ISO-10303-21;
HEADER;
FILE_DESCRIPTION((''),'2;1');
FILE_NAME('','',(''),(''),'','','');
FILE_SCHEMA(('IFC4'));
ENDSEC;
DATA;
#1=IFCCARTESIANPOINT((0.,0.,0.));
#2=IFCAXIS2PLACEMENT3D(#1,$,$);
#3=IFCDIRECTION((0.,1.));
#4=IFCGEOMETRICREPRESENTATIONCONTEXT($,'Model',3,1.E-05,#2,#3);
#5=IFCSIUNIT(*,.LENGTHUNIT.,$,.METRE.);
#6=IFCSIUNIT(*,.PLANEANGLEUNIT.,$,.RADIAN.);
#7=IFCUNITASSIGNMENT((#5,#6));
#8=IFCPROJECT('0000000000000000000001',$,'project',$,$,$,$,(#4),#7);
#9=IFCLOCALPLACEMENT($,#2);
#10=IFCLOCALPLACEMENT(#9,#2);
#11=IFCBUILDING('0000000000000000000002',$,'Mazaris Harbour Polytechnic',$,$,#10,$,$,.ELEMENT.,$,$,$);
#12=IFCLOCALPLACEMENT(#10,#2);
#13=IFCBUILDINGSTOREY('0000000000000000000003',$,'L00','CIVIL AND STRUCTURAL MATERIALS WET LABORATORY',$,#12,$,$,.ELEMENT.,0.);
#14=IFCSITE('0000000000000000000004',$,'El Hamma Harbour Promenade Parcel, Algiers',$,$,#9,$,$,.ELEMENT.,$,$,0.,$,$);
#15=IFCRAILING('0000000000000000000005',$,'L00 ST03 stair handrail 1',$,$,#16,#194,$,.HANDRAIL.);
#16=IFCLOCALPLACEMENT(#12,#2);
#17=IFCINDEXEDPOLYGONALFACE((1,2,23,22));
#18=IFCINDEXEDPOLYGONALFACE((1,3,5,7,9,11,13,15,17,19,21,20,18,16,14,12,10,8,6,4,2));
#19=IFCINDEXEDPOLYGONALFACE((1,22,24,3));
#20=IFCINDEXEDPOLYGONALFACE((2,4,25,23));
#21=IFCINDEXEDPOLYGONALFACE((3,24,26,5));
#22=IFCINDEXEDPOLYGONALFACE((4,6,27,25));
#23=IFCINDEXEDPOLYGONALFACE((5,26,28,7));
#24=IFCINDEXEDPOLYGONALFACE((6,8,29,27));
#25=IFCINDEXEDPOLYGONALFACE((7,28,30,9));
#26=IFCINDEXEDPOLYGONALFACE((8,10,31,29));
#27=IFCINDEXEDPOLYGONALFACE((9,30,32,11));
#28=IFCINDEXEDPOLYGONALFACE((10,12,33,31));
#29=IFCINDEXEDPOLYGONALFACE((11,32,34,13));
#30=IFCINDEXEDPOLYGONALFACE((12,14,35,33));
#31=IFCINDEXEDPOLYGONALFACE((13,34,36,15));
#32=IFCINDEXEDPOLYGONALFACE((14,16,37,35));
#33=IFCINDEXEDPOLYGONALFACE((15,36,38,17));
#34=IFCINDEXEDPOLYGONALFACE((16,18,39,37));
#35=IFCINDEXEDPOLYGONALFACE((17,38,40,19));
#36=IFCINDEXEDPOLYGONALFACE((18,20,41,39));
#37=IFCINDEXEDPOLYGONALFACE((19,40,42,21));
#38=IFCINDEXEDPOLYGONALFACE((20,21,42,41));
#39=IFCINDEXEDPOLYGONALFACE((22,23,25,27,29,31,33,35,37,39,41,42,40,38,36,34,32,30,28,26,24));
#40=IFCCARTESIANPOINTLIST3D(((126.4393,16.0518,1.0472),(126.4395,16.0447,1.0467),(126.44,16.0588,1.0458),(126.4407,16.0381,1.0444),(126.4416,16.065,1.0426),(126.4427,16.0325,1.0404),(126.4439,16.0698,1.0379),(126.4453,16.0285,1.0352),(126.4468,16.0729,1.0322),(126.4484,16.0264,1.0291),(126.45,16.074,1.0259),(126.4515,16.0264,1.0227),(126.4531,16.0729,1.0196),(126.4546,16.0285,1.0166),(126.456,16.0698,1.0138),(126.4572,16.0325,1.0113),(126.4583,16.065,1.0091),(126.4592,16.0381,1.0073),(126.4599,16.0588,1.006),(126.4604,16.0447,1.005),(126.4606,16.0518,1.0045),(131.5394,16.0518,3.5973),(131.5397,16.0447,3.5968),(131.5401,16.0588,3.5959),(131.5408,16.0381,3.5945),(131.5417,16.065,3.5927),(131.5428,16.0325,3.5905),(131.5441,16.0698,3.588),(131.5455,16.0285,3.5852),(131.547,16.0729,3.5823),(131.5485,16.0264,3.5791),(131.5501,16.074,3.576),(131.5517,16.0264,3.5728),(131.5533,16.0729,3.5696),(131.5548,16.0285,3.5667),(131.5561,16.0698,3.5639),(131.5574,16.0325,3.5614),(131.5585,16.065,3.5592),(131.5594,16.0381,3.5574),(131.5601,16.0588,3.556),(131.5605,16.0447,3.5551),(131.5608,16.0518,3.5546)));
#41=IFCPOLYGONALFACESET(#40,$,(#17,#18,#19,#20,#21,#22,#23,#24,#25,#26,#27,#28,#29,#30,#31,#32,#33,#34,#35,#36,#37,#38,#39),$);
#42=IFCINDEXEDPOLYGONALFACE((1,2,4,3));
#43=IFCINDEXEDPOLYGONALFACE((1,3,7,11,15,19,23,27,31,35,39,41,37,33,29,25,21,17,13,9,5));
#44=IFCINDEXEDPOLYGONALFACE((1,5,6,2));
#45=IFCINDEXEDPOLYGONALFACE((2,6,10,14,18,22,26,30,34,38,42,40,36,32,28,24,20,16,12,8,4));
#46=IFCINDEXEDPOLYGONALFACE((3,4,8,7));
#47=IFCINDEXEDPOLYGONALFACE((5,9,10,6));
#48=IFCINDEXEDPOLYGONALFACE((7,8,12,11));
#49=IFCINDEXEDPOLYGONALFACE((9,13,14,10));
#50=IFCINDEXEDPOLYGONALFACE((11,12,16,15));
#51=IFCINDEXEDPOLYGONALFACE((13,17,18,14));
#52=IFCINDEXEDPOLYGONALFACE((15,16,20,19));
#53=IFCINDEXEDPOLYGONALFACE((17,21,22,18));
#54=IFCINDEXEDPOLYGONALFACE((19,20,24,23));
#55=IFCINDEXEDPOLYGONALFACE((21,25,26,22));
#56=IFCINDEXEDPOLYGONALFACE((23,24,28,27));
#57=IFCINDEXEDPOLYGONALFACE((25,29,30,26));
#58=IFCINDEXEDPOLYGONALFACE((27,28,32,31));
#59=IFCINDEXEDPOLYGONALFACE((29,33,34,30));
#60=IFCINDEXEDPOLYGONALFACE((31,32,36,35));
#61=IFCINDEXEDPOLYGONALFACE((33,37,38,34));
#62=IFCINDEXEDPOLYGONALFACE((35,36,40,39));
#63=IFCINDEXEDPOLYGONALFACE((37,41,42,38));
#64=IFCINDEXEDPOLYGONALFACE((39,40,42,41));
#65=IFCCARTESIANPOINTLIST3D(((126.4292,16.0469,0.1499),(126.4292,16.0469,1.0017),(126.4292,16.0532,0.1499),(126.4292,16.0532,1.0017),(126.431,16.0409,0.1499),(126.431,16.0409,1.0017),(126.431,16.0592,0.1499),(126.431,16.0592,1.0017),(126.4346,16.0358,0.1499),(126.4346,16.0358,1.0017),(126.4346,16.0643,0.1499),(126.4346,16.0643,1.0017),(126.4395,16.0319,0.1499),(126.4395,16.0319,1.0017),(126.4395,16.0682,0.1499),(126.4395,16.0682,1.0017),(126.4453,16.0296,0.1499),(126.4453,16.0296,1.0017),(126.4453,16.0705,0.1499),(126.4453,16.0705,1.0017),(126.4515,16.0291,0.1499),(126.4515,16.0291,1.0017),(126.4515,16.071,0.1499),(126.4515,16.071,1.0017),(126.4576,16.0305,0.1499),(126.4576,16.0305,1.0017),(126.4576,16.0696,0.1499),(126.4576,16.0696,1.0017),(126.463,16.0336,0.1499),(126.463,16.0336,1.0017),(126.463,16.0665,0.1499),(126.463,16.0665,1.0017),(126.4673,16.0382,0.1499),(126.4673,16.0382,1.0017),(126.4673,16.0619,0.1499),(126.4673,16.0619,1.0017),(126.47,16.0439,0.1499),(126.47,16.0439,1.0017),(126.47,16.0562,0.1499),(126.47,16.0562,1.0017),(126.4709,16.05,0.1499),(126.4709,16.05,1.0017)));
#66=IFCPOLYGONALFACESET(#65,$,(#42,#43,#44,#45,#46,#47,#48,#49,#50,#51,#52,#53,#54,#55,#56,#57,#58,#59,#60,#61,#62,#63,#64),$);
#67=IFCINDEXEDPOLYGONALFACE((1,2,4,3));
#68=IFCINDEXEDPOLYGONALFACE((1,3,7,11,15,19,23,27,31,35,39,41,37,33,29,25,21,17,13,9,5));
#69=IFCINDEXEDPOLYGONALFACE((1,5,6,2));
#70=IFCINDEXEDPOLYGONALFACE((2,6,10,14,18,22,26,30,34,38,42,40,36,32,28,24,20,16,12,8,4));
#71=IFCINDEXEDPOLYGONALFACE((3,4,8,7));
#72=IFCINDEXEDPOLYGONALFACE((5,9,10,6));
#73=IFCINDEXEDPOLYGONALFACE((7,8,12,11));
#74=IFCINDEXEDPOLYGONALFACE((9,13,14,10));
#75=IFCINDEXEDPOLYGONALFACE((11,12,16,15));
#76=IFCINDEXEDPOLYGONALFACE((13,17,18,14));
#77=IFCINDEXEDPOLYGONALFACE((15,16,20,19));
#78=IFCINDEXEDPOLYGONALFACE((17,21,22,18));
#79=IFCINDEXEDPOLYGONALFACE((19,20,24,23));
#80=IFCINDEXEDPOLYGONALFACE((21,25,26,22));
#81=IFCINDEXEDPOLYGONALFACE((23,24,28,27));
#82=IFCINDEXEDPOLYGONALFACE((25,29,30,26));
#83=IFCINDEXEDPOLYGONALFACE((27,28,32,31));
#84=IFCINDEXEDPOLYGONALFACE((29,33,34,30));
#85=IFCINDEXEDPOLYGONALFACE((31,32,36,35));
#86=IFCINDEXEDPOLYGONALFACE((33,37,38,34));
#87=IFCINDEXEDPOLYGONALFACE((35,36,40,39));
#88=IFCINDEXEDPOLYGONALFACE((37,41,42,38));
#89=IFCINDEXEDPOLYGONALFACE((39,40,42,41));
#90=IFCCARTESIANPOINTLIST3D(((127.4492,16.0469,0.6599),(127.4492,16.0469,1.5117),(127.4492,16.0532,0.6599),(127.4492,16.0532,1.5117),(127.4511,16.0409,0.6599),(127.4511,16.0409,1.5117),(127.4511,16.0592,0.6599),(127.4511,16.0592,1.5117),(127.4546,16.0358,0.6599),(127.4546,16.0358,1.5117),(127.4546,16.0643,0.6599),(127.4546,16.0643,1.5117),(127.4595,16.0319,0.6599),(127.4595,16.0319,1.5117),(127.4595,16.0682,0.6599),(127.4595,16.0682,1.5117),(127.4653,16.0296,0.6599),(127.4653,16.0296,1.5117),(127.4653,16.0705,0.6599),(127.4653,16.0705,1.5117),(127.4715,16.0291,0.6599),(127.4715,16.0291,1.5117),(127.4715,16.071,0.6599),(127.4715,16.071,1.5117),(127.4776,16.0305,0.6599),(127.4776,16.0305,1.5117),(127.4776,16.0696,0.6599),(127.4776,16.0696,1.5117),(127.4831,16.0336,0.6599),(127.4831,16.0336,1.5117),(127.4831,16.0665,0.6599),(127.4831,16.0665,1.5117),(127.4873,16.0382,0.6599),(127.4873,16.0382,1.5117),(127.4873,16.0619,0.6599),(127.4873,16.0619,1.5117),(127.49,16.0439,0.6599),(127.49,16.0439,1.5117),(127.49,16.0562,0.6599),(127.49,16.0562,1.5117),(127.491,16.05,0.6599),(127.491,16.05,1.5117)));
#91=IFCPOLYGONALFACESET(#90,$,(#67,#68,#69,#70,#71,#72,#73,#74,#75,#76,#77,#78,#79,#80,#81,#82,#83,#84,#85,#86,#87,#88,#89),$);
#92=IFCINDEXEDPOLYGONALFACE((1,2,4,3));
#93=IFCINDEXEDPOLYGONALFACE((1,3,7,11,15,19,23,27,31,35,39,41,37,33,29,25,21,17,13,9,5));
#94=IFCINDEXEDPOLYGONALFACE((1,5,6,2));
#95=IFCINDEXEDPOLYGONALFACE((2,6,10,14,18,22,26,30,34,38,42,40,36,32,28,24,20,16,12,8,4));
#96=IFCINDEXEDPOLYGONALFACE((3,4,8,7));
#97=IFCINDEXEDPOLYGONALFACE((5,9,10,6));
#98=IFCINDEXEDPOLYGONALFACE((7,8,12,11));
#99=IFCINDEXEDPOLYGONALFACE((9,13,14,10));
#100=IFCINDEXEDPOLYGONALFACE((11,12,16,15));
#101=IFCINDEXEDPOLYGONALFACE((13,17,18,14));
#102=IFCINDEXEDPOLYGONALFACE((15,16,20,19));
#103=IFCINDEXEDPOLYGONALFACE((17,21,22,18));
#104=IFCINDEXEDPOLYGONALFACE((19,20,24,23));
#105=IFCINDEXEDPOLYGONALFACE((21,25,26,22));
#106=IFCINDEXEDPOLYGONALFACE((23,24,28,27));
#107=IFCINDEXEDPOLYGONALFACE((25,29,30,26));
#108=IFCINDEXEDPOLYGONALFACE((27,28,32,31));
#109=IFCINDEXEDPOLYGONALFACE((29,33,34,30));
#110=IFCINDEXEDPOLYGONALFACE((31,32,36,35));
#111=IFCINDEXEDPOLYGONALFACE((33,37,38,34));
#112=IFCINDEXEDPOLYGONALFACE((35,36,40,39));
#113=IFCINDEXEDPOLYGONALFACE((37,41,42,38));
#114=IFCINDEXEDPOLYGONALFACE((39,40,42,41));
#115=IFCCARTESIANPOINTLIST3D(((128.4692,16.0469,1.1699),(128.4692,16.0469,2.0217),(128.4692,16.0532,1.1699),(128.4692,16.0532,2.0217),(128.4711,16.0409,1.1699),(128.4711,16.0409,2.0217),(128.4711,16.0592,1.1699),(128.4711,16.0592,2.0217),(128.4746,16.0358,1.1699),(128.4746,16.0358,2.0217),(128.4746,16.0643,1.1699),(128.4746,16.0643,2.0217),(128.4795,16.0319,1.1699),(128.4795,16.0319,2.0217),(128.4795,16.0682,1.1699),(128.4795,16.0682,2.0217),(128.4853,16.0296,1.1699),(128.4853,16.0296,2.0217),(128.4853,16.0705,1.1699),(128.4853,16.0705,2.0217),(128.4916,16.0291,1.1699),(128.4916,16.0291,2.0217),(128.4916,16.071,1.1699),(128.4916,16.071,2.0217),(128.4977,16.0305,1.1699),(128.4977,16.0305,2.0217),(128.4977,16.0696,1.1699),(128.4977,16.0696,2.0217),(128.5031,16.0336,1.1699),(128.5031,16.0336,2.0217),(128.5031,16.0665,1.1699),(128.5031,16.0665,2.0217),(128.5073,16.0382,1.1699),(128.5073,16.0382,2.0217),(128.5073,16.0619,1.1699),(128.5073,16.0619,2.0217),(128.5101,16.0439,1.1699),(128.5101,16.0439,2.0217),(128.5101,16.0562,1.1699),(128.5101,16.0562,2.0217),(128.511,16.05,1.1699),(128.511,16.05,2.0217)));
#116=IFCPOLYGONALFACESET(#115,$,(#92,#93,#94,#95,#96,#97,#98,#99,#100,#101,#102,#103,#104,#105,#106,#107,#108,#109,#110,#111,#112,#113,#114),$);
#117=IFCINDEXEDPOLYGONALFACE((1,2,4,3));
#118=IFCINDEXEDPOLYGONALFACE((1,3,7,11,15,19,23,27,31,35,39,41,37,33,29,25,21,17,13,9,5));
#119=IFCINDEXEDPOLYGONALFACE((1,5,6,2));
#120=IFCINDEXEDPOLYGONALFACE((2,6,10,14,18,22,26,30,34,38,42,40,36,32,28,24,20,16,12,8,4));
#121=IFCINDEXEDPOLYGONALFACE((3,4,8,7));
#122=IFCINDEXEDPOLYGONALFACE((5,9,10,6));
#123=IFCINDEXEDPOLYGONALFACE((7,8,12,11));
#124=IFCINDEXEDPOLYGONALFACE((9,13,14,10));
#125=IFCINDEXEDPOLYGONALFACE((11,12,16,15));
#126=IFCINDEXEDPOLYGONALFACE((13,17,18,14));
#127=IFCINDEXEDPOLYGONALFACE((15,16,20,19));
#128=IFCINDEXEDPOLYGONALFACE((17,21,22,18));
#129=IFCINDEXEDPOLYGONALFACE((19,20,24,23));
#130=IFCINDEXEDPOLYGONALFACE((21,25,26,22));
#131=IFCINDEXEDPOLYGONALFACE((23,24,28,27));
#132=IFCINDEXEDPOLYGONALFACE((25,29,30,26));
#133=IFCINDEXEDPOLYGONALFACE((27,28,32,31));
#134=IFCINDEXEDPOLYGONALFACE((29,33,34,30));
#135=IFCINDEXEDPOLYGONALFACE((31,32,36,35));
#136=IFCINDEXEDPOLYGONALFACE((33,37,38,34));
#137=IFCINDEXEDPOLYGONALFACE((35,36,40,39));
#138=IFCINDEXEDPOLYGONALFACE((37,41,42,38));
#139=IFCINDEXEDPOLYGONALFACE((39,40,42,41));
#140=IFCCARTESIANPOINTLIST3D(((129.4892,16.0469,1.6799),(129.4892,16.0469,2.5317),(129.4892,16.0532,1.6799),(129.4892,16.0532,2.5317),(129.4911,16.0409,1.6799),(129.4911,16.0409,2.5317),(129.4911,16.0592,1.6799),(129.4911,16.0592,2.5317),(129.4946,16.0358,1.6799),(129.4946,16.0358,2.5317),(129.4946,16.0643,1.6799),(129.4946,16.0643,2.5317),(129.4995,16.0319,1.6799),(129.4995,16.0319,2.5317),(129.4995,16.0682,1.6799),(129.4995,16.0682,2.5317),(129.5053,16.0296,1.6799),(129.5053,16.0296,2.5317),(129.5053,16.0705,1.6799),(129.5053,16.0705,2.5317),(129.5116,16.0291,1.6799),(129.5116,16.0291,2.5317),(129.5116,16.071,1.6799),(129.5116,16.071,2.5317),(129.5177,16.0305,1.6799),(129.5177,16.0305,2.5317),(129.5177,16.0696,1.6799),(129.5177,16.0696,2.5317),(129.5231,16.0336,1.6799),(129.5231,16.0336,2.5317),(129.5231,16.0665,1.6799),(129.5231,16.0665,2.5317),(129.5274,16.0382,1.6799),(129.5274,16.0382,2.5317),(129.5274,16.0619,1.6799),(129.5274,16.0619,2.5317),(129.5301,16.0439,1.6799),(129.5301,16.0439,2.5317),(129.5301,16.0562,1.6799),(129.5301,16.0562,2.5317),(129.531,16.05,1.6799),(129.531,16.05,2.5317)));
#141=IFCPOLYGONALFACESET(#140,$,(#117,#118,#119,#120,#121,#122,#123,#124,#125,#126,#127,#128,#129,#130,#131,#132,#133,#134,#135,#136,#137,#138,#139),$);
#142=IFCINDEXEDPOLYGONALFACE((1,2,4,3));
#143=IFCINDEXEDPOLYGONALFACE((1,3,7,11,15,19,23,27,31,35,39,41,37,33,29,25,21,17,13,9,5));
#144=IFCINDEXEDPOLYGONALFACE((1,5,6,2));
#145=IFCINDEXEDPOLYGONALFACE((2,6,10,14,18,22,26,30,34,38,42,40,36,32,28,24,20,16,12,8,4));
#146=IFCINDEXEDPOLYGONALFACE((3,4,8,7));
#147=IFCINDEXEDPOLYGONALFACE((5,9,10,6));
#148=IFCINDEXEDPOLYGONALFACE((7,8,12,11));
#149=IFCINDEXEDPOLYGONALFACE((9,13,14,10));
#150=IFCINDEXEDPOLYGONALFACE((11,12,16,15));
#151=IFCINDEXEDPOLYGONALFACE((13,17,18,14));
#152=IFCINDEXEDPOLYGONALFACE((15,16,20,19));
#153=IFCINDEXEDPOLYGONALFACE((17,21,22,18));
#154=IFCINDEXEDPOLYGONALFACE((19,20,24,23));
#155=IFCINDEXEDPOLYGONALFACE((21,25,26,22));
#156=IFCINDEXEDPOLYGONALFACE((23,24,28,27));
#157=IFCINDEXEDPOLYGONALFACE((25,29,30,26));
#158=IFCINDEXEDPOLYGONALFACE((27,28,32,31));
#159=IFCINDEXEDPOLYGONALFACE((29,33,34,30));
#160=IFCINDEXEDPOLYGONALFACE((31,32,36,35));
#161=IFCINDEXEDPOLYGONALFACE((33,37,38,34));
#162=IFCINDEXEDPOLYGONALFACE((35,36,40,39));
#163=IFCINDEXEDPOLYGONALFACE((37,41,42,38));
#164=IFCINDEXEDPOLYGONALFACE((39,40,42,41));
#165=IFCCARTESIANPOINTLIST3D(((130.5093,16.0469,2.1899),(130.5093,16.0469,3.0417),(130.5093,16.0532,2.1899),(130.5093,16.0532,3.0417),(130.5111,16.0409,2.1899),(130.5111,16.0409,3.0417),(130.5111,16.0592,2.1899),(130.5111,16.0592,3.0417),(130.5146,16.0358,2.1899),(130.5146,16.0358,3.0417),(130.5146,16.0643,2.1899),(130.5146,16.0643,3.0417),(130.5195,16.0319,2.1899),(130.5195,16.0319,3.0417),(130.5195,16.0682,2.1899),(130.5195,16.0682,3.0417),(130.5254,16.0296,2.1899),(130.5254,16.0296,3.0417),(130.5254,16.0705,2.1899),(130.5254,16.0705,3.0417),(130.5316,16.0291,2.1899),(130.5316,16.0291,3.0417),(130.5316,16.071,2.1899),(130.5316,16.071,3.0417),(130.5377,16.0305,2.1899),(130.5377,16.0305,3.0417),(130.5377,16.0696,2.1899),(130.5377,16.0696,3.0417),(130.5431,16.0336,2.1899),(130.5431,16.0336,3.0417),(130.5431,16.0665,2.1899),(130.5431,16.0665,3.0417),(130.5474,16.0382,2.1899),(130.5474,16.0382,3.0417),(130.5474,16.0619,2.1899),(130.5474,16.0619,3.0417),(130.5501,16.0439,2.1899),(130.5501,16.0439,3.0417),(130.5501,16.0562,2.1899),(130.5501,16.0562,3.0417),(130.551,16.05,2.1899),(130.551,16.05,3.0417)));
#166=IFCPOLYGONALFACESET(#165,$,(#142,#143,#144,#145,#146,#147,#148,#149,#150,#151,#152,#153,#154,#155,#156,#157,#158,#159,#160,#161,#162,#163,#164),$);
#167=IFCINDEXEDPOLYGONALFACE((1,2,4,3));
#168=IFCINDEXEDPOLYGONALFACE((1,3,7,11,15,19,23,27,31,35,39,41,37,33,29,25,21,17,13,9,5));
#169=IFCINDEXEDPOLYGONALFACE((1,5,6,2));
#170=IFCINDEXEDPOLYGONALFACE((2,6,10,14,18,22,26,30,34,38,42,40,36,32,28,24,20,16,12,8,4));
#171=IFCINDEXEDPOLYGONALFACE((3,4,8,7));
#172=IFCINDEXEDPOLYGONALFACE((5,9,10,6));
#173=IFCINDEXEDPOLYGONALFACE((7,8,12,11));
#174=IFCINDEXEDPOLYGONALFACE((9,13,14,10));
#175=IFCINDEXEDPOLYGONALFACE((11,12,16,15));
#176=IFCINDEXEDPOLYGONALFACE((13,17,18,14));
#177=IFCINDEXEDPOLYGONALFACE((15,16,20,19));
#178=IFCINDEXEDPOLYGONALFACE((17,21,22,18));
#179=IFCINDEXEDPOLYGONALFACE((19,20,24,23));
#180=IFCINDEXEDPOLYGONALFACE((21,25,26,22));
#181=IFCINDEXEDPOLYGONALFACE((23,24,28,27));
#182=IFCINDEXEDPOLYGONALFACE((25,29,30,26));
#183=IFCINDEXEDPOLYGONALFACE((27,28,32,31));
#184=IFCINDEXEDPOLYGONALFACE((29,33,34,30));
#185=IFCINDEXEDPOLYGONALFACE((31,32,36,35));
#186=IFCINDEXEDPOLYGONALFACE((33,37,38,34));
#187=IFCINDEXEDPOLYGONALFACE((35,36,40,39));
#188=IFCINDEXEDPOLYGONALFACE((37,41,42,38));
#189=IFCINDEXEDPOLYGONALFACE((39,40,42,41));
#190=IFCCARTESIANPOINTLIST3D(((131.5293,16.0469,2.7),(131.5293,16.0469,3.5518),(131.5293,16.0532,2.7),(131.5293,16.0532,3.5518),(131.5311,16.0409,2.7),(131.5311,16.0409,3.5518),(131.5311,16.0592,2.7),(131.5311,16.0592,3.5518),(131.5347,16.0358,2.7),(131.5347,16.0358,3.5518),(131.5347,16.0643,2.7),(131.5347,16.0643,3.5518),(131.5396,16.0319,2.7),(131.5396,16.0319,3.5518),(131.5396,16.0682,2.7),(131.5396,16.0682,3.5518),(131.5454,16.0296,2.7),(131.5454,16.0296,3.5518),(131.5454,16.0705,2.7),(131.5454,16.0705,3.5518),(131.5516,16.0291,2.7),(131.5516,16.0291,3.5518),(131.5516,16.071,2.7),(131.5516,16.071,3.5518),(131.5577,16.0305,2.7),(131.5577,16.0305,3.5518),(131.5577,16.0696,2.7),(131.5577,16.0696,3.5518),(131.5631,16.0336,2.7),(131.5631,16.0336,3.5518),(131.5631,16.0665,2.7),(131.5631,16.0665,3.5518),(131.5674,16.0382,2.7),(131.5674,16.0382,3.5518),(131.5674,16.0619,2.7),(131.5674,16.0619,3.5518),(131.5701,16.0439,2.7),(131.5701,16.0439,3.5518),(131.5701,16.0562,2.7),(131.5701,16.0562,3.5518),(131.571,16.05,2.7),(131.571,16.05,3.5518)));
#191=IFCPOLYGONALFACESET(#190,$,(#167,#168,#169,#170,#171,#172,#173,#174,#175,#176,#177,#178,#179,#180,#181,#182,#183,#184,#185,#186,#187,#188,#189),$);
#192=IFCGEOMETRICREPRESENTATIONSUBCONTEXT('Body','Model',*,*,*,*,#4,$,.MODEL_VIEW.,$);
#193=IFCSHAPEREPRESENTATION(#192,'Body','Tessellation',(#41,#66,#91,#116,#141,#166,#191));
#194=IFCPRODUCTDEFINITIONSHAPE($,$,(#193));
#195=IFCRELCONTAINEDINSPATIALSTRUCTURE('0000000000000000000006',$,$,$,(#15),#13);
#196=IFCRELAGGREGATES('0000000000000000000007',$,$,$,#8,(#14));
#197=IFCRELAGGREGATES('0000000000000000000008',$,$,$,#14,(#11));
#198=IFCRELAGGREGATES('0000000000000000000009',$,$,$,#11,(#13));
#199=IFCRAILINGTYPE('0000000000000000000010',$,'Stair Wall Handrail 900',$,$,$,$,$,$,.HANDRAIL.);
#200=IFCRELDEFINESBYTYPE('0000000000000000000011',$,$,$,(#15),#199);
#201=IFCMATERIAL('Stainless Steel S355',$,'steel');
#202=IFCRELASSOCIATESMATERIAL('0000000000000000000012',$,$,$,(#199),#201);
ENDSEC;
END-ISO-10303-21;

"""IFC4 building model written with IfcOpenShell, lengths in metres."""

from ifc_helpers import new_model, si_unit, direction, frame, origin, origin_2d, place, context, subcontext, project, spatial, circle, extrude, material, type_object, element, save


model = new_model("IFC4")

# Units and contexts
model_context = context("Model", 3, precision=1e-05, world=origin(), true_north=direction((0.0, 1.0)))
body_context = subcontext(model_context, "Body", "Model", "MODEL_VIEW")
ifc_project = project(units=[si_unit("LENGTHUNIT", "METRE"), si_unit("PLANEANGLEUNIT", "RADIAN")], contexts=[model_context])

# Site, building, storey
site_placement = place(None, origin())
site = spatial("IfcSite", under=ifc_project, at=site_placement, Name="El Hamma Harbour Promenade Parcel, Algiers", CompositionType="ELEMENT", RefElevation=0.0)
building_placement = place(site_placement, origin())
building = spatial("IfcBuilding", under=site, at=building_placement, Name="Mazaris Harbour Polytechnic", CompositionType="ELEMENT")
storey_placement = place(building_placement, origin())
storey = spatial("IfcBuildingStorey", under=building, at=storey_placement, Name="L00", Description="CIVIL AND STRUCTURAL MATERIALS WET LABORATORY", CompositionType="ELEMENT", Elevation=0.0)

# Railing
ifc_material_1 = material(Name="Stainless Steel S355", Category="steel")
railing_type_1 = type_object("IfcRailingType", Name="Stair Wall Handrail 900", PredefinedType="HANDRAIL", material=ifc_material_1)
railing_1_placement = place(storey_placement, frame((126.45, 16.05, 0.1499)))
element("IfcRailing", 1, at=railing_1_placement, inside=storey, type_object=railing_type_1, Name="L00 ST03 stair handrail 1", PredefinedType="HANDRAIL", context=body_context, shape_type="SweptSolid", body=[
    extrude(circle(Radius=0.0239, at=origin_2d()), frame((0.0, 0.0, 0.876), z_axis=(0.894427, 0.0, 0.447214), x_axis=(0.0, 1.0, 0.0)), (0.0, 0.0, 1.0), 5.7021),
    extrude(circle(Radius=0.021, at=origin_2d()), origin(), (0.0, 0.0, 1.0), 0.8518),
    extrude(circle(Radius=0.021, at=origin_2d()), frame((1.02, 0.0, 0.51)), (0.0, 0.0, 1.0), 0.8518),
    extrude(circle(Radius=0.021, at=origin_2d()), frame((2.04, 0.0, 1.02)), (0.0, 0.0, 1.0), 0.8518),
    extrude(circle(Radius=0.021, at=origin_2d()), frame((3.0601, 0.0, 1.53)), (0.0, 0.0, 1.0), 0.8518),
    extrude(circle(Radius=0.021, at=origin_2d()), frame((4.0801, 0.0, 2.04)), (0.0, 0.0, 1.0), 0.8518),
    extrude(circle(Radius=0.021, at=origin_2d()), frame((5.1001, 0.0, 2.55)), (0.0, 0.0, 1.0), 0.8518),
])

save(model, "model.ifc")
